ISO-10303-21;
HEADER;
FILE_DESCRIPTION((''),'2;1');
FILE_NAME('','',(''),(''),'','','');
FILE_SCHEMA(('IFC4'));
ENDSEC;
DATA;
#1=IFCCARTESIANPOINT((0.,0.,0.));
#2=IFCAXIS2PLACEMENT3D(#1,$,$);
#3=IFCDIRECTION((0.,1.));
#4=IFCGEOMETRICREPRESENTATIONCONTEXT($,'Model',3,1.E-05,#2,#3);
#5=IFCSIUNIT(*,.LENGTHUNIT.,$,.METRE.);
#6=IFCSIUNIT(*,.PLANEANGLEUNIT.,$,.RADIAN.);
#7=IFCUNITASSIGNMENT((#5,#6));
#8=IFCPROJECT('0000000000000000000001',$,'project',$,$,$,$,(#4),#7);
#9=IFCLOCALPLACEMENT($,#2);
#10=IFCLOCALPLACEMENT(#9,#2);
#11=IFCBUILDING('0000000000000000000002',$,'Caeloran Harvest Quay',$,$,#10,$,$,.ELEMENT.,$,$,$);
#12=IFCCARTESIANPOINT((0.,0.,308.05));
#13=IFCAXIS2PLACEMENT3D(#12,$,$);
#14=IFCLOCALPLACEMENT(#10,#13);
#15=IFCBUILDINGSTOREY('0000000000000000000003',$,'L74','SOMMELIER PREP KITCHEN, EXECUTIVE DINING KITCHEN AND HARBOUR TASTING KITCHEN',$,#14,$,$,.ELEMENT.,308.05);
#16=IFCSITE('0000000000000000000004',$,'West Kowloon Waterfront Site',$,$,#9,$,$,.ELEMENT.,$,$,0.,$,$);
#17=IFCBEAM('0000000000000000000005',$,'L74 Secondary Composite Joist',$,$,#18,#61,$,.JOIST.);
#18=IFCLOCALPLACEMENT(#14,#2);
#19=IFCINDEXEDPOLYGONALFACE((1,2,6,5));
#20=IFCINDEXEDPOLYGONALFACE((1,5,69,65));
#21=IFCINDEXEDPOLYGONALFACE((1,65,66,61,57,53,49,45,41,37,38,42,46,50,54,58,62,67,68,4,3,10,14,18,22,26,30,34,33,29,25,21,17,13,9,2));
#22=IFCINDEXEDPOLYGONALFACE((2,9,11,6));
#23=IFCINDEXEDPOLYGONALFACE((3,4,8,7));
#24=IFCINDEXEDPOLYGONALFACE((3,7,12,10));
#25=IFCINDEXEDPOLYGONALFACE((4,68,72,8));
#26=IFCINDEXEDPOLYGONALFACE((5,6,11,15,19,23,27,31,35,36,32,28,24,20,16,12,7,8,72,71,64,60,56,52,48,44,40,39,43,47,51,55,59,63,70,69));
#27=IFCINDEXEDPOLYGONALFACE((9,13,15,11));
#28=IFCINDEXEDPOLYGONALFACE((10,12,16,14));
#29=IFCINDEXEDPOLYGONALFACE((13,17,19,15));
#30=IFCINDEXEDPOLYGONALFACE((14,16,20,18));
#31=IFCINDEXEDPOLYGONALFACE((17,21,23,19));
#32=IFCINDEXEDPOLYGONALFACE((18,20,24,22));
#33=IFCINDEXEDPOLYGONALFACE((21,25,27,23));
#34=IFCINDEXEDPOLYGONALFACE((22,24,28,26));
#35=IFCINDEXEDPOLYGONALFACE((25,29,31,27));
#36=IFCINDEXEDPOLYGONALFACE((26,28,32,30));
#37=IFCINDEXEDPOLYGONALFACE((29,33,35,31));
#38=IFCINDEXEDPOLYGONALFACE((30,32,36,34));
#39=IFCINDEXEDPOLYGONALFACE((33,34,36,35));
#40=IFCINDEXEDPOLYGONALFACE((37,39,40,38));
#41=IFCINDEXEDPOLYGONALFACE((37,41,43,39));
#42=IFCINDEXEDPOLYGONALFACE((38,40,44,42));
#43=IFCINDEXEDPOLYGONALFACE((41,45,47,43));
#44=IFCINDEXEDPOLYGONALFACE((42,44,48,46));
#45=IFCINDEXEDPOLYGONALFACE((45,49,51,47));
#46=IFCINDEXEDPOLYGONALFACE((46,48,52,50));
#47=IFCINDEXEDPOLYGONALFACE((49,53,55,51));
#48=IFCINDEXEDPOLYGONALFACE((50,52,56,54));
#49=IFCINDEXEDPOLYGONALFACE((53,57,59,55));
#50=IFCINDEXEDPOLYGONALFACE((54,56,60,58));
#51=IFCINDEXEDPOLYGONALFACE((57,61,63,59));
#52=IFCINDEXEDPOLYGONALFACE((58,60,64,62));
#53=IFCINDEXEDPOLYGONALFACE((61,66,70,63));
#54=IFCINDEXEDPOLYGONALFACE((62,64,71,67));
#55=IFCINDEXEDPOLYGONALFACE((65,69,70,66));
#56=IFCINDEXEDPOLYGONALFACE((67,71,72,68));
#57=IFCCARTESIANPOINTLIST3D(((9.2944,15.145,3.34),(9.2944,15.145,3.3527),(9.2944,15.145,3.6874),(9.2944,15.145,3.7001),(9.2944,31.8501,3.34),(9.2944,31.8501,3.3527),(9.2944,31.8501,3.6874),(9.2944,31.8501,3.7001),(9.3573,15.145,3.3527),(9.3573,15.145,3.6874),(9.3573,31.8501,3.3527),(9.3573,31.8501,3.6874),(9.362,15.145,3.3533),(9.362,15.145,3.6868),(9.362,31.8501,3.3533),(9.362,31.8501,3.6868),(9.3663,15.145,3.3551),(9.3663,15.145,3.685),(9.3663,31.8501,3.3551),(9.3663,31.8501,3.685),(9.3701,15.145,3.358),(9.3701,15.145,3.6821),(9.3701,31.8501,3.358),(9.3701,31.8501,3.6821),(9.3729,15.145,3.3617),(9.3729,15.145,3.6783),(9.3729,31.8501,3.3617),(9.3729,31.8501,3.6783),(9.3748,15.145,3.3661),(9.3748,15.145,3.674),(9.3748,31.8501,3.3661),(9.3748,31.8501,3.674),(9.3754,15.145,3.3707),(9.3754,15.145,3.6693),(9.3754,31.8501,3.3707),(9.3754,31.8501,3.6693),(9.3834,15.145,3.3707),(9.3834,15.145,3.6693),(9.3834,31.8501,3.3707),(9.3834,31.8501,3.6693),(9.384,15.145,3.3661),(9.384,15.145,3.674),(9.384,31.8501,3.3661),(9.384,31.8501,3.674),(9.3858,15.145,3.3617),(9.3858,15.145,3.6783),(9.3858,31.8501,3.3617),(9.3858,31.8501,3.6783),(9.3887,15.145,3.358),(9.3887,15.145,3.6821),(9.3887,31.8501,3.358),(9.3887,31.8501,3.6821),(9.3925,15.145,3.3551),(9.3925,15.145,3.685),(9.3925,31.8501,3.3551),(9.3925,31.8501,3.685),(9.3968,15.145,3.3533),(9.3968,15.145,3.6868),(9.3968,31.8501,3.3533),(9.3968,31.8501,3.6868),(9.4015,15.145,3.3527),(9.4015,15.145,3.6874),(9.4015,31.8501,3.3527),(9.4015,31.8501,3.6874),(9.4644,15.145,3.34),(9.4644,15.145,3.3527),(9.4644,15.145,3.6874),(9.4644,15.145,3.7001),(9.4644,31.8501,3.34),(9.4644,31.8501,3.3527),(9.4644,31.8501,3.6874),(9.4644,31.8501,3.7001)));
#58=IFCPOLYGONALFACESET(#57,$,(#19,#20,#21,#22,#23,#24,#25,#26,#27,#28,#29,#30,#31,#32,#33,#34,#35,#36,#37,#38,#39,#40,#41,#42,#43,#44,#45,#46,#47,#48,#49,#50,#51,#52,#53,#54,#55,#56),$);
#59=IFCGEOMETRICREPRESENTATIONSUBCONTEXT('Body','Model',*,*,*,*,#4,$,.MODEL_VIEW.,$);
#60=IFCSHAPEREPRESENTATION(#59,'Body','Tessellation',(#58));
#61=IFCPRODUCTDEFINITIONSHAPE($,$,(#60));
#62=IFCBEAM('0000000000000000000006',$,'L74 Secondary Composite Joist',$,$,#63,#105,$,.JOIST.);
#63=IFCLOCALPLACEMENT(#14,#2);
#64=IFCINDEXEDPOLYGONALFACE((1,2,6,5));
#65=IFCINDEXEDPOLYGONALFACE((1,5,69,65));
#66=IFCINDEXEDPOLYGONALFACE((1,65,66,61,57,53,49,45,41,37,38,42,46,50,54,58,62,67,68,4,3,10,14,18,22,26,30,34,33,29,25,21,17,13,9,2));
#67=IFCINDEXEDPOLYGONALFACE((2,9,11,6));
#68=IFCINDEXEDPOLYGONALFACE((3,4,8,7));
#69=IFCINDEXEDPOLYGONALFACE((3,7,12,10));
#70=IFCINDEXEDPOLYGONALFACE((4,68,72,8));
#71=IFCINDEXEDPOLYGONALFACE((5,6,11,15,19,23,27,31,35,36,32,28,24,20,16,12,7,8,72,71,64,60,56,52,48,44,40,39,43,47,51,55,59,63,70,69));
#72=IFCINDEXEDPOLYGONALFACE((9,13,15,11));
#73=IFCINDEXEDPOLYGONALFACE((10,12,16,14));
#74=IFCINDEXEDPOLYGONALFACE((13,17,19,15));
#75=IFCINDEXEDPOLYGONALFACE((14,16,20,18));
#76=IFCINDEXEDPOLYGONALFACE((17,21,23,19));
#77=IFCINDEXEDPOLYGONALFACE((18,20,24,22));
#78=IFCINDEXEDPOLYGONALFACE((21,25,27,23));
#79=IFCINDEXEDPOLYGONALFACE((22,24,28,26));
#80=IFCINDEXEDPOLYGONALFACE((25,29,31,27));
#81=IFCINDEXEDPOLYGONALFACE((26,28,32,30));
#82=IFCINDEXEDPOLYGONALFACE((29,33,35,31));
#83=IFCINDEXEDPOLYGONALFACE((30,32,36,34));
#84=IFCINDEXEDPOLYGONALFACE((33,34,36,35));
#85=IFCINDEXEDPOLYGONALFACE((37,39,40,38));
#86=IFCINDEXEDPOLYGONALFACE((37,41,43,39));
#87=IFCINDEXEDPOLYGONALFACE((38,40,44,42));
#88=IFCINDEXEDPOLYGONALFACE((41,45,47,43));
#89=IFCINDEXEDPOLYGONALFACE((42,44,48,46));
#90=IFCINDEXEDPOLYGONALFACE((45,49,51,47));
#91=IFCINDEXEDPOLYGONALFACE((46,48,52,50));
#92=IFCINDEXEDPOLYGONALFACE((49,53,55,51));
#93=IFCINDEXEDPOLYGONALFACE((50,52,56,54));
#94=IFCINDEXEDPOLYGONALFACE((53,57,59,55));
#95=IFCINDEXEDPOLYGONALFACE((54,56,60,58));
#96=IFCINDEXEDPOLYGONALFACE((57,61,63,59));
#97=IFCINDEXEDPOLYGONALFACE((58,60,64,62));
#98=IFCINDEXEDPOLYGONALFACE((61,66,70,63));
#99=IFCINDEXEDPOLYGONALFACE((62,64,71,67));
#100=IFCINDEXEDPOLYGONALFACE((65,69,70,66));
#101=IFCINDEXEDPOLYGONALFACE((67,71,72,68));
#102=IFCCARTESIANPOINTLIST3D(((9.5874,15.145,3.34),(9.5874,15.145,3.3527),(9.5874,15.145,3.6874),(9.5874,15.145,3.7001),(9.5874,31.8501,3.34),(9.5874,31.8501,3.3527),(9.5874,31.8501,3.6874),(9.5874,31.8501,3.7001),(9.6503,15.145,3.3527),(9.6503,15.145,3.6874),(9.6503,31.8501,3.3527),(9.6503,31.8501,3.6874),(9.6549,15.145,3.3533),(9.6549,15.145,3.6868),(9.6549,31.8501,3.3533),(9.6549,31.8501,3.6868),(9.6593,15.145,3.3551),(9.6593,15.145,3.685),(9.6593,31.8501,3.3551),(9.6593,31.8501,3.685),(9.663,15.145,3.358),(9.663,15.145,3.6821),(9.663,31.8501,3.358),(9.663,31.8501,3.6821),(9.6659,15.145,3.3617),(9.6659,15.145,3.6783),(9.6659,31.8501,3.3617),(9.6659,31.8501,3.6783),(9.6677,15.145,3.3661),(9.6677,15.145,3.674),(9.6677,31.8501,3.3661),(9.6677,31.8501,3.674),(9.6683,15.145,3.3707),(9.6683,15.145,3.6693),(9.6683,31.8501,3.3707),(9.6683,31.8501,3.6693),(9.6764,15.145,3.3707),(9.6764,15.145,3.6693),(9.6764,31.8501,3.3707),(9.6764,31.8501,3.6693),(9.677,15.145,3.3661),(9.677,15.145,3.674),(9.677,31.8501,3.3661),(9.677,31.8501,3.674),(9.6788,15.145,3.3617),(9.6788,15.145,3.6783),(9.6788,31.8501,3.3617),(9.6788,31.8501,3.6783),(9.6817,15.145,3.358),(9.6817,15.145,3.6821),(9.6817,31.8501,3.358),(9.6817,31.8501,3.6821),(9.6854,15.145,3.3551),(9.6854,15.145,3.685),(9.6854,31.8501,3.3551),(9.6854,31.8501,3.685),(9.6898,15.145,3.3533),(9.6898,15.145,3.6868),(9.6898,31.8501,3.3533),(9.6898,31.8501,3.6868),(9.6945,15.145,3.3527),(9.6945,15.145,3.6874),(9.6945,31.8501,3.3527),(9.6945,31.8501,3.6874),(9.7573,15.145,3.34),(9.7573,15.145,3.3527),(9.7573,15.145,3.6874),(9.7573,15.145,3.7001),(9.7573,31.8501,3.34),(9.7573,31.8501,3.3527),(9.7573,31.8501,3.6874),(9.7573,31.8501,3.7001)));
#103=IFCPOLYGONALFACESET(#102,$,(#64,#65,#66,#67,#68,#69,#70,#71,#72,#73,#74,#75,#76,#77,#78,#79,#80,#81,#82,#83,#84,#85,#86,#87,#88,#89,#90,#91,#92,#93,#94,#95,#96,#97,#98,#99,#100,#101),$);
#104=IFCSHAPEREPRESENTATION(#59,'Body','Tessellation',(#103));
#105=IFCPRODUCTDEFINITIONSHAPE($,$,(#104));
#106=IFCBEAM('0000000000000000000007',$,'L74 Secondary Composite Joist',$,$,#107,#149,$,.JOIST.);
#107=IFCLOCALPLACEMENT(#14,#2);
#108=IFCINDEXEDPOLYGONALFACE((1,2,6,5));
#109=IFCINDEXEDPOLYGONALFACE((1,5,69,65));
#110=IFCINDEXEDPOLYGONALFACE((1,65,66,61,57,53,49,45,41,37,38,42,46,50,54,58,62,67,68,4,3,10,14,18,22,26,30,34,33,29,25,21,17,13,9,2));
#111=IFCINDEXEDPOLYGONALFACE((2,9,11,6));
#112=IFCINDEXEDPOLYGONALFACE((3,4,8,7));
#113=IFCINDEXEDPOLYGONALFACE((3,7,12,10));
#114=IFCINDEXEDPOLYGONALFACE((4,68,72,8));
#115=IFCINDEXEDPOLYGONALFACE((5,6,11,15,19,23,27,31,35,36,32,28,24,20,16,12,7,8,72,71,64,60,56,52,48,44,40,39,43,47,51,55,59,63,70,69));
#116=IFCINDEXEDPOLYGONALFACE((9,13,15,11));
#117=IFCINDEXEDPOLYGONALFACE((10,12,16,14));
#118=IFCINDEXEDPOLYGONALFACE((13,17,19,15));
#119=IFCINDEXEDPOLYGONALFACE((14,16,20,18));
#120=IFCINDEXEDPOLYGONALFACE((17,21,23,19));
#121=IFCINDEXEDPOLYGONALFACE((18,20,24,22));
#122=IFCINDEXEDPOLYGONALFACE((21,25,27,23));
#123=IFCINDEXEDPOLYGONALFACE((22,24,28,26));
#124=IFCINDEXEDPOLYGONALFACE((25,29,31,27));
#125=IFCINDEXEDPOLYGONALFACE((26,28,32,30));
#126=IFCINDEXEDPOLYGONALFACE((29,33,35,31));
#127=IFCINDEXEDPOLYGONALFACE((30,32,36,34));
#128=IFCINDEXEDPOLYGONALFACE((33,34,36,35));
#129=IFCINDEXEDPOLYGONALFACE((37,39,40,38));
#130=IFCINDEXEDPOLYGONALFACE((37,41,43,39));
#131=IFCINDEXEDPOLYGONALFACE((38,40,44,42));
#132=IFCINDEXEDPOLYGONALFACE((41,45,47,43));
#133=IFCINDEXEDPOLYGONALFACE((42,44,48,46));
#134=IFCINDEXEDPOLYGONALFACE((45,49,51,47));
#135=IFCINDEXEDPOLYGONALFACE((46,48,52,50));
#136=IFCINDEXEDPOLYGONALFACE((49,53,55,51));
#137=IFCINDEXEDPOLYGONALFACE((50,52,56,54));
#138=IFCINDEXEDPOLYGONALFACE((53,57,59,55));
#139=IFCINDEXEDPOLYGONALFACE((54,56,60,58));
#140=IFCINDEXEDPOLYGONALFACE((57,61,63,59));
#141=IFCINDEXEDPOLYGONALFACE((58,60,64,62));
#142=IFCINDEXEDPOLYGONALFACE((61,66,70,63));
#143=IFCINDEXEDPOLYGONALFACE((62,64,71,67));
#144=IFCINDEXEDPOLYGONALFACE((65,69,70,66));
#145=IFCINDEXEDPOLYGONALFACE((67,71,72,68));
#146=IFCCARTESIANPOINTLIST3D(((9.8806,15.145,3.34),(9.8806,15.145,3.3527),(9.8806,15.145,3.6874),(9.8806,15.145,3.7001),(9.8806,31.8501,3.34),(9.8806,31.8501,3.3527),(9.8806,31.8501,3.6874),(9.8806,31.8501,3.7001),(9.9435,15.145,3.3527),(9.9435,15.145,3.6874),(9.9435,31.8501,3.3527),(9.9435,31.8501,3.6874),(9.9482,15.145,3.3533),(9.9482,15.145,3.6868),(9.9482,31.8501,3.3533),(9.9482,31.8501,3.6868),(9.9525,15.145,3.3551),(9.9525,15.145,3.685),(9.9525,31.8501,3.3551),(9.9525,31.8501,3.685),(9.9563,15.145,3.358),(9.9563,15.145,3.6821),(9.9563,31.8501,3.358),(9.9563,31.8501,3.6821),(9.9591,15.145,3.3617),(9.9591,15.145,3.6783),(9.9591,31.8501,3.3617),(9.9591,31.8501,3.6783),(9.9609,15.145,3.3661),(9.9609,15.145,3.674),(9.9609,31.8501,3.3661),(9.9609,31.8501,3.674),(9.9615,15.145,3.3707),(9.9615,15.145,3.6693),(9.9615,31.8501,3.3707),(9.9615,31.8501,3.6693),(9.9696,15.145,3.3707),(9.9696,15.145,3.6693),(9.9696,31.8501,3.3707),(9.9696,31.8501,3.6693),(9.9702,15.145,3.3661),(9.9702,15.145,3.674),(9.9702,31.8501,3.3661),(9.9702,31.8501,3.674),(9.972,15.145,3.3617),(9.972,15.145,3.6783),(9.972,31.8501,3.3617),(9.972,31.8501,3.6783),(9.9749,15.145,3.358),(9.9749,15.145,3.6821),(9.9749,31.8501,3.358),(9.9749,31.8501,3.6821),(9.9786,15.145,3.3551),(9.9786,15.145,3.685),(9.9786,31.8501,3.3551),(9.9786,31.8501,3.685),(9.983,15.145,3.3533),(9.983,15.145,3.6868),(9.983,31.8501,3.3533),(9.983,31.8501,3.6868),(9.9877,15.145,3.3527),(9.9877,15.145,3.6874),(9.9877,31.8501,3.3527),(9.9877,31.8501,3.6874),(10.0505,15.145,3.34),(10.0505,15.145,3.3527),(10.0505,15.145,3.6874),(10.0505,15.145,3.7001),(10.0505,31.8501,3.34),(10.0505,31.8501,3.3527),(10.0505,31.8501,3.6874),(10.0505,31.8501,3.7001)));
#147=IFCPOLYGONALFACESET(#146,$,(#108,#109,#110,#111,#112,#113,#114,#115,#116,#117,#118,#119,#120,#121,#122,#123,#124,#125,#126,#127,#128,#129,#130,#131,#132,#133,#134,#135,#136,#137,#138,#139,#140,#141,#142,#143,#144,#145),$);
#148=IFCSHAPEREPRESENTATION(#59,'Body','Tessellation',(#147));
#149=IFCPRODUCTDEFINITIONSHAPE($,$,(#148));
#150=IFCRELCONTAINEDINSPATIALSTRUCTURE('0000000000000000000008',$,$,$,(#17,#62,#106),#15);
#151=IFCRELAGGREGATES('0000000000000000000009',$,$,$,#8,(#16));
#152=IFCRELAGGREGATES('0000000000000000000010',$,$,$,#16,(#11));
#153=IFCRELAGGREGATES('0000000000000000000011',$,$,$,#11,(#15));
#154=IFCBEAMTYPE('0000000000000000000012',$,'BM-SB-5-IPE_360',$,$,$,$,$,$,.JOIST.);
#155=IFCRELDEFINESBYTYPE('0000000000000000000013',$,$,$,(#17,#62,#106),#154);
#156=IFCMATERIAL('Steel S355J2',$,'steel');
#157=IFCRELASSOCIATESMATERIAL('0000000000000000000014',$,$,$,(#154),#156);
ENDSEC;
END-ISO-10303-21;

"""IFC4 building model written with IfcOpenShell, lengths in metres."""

from ifc_helpers import new_model, si_unit, direction, frame, origin, origin_2d, place, context, subcontext, project, spatial, i_section, extrude, material, material_profile, profile_set, type_object, element, save


model = new_model("IFC4")

# Units and contexts
model_context = context("Model", 3, precision=1e-05, world=origin(), true_north=direction((0.0, 1.0)))
body_context = subcontext(model_context, "Body", "Model", "MODEL_VIEW")
ifc_project = project(units=[si_unit("LENGTHUNIT", "METRE"), si_unit("PLANEANGLEUNIT", "RADIAN")], contexts=[model_context])

# Site, building, storey
site_placement = place(None, origin())
site = spatial("IfcSite", under=ifc_project, at=site_placement, Name="West Kowloon Waterfront Site", CompositionType="ELEMENT", RefElevation=0.0)
building_placement = place(site_placement, origin())
building = spatial("IfcBuilding", under=site, at=building_placement, Name="Caeloran Harvest Quay", CompositionType="ELEMENT")
storey_placement = place(building_placement, frame((0.0, 0.0, 308.05)))
storey = spatial("IfcBuildingStorey", under=building, at=storey_placement, Name="L74", Description="SOMMELIER PREP KITCHEN, EXECUTIVE DINING KITCHEN AND HARBOUR TASTING KITCHEN", CompositionType="ELEMENT", Elevation=308.05)

# Beams
ifc_material_1 = material(Name="Steel S355J2", Category="steel")
ifc_material_profile_1 = material_profile(ifc_material_1, i_section(OverallWidth=0.1699, OverallDepth=0.3601, WebThickness=0.0081, FlangeThickness=0.0127, FilletRadius=0.0181, at=origin_2d()), Name="IPE 360")
ifc_profile_set_1 = profile_set([ifc_material_profile_1], Name="Steel S355J2")
beam_type_1 = type_object("IfcBeamType", Name="BM-SB-5-IPE_360", PredefinedType="JOIST", material=ifc_profile_set_1)
for number, where, z_axis, x_axis, name in (
    (1, (9.3794, 15.145, 3.52), (0.0, 1.0, 0.0), (-1.0, 0.0, 0.0), "L74 Secondary Composite Joist"),
    (2, (9.6724, 15.145, 3.52), (0.0, 1.0, 0.0), (-1.0, 0.0, 0.0), "L74 Secondary Composite Joist"),
    (3, (9.9656, 15.145, 3.52), (0.0, 1.0, 0.0), (-1.0, 0.0, 0.0), "L74 Secondary Composite Joist"),
):
    element("IfcBeam", number, at=place(storey_placement, frame(where, z_axis=z_axis, x_axis=x_axis)), inside=storey, type_object=beam_type_1, Name=name, PredefinedType="JOIST", context=body_context, shape_type="SweptSolid", body=[
        extrude(i_section(OverallWidth=0.1699, OverallDepth=0.3601, WebThickness=0.0081, FlangeThickness=0.0127, FilletRadius=0.0181, at=origin_2d()), origin(), (0.0, 0.0, 1.0), 16.7051),
    ])

save(model, "model.ifc")
